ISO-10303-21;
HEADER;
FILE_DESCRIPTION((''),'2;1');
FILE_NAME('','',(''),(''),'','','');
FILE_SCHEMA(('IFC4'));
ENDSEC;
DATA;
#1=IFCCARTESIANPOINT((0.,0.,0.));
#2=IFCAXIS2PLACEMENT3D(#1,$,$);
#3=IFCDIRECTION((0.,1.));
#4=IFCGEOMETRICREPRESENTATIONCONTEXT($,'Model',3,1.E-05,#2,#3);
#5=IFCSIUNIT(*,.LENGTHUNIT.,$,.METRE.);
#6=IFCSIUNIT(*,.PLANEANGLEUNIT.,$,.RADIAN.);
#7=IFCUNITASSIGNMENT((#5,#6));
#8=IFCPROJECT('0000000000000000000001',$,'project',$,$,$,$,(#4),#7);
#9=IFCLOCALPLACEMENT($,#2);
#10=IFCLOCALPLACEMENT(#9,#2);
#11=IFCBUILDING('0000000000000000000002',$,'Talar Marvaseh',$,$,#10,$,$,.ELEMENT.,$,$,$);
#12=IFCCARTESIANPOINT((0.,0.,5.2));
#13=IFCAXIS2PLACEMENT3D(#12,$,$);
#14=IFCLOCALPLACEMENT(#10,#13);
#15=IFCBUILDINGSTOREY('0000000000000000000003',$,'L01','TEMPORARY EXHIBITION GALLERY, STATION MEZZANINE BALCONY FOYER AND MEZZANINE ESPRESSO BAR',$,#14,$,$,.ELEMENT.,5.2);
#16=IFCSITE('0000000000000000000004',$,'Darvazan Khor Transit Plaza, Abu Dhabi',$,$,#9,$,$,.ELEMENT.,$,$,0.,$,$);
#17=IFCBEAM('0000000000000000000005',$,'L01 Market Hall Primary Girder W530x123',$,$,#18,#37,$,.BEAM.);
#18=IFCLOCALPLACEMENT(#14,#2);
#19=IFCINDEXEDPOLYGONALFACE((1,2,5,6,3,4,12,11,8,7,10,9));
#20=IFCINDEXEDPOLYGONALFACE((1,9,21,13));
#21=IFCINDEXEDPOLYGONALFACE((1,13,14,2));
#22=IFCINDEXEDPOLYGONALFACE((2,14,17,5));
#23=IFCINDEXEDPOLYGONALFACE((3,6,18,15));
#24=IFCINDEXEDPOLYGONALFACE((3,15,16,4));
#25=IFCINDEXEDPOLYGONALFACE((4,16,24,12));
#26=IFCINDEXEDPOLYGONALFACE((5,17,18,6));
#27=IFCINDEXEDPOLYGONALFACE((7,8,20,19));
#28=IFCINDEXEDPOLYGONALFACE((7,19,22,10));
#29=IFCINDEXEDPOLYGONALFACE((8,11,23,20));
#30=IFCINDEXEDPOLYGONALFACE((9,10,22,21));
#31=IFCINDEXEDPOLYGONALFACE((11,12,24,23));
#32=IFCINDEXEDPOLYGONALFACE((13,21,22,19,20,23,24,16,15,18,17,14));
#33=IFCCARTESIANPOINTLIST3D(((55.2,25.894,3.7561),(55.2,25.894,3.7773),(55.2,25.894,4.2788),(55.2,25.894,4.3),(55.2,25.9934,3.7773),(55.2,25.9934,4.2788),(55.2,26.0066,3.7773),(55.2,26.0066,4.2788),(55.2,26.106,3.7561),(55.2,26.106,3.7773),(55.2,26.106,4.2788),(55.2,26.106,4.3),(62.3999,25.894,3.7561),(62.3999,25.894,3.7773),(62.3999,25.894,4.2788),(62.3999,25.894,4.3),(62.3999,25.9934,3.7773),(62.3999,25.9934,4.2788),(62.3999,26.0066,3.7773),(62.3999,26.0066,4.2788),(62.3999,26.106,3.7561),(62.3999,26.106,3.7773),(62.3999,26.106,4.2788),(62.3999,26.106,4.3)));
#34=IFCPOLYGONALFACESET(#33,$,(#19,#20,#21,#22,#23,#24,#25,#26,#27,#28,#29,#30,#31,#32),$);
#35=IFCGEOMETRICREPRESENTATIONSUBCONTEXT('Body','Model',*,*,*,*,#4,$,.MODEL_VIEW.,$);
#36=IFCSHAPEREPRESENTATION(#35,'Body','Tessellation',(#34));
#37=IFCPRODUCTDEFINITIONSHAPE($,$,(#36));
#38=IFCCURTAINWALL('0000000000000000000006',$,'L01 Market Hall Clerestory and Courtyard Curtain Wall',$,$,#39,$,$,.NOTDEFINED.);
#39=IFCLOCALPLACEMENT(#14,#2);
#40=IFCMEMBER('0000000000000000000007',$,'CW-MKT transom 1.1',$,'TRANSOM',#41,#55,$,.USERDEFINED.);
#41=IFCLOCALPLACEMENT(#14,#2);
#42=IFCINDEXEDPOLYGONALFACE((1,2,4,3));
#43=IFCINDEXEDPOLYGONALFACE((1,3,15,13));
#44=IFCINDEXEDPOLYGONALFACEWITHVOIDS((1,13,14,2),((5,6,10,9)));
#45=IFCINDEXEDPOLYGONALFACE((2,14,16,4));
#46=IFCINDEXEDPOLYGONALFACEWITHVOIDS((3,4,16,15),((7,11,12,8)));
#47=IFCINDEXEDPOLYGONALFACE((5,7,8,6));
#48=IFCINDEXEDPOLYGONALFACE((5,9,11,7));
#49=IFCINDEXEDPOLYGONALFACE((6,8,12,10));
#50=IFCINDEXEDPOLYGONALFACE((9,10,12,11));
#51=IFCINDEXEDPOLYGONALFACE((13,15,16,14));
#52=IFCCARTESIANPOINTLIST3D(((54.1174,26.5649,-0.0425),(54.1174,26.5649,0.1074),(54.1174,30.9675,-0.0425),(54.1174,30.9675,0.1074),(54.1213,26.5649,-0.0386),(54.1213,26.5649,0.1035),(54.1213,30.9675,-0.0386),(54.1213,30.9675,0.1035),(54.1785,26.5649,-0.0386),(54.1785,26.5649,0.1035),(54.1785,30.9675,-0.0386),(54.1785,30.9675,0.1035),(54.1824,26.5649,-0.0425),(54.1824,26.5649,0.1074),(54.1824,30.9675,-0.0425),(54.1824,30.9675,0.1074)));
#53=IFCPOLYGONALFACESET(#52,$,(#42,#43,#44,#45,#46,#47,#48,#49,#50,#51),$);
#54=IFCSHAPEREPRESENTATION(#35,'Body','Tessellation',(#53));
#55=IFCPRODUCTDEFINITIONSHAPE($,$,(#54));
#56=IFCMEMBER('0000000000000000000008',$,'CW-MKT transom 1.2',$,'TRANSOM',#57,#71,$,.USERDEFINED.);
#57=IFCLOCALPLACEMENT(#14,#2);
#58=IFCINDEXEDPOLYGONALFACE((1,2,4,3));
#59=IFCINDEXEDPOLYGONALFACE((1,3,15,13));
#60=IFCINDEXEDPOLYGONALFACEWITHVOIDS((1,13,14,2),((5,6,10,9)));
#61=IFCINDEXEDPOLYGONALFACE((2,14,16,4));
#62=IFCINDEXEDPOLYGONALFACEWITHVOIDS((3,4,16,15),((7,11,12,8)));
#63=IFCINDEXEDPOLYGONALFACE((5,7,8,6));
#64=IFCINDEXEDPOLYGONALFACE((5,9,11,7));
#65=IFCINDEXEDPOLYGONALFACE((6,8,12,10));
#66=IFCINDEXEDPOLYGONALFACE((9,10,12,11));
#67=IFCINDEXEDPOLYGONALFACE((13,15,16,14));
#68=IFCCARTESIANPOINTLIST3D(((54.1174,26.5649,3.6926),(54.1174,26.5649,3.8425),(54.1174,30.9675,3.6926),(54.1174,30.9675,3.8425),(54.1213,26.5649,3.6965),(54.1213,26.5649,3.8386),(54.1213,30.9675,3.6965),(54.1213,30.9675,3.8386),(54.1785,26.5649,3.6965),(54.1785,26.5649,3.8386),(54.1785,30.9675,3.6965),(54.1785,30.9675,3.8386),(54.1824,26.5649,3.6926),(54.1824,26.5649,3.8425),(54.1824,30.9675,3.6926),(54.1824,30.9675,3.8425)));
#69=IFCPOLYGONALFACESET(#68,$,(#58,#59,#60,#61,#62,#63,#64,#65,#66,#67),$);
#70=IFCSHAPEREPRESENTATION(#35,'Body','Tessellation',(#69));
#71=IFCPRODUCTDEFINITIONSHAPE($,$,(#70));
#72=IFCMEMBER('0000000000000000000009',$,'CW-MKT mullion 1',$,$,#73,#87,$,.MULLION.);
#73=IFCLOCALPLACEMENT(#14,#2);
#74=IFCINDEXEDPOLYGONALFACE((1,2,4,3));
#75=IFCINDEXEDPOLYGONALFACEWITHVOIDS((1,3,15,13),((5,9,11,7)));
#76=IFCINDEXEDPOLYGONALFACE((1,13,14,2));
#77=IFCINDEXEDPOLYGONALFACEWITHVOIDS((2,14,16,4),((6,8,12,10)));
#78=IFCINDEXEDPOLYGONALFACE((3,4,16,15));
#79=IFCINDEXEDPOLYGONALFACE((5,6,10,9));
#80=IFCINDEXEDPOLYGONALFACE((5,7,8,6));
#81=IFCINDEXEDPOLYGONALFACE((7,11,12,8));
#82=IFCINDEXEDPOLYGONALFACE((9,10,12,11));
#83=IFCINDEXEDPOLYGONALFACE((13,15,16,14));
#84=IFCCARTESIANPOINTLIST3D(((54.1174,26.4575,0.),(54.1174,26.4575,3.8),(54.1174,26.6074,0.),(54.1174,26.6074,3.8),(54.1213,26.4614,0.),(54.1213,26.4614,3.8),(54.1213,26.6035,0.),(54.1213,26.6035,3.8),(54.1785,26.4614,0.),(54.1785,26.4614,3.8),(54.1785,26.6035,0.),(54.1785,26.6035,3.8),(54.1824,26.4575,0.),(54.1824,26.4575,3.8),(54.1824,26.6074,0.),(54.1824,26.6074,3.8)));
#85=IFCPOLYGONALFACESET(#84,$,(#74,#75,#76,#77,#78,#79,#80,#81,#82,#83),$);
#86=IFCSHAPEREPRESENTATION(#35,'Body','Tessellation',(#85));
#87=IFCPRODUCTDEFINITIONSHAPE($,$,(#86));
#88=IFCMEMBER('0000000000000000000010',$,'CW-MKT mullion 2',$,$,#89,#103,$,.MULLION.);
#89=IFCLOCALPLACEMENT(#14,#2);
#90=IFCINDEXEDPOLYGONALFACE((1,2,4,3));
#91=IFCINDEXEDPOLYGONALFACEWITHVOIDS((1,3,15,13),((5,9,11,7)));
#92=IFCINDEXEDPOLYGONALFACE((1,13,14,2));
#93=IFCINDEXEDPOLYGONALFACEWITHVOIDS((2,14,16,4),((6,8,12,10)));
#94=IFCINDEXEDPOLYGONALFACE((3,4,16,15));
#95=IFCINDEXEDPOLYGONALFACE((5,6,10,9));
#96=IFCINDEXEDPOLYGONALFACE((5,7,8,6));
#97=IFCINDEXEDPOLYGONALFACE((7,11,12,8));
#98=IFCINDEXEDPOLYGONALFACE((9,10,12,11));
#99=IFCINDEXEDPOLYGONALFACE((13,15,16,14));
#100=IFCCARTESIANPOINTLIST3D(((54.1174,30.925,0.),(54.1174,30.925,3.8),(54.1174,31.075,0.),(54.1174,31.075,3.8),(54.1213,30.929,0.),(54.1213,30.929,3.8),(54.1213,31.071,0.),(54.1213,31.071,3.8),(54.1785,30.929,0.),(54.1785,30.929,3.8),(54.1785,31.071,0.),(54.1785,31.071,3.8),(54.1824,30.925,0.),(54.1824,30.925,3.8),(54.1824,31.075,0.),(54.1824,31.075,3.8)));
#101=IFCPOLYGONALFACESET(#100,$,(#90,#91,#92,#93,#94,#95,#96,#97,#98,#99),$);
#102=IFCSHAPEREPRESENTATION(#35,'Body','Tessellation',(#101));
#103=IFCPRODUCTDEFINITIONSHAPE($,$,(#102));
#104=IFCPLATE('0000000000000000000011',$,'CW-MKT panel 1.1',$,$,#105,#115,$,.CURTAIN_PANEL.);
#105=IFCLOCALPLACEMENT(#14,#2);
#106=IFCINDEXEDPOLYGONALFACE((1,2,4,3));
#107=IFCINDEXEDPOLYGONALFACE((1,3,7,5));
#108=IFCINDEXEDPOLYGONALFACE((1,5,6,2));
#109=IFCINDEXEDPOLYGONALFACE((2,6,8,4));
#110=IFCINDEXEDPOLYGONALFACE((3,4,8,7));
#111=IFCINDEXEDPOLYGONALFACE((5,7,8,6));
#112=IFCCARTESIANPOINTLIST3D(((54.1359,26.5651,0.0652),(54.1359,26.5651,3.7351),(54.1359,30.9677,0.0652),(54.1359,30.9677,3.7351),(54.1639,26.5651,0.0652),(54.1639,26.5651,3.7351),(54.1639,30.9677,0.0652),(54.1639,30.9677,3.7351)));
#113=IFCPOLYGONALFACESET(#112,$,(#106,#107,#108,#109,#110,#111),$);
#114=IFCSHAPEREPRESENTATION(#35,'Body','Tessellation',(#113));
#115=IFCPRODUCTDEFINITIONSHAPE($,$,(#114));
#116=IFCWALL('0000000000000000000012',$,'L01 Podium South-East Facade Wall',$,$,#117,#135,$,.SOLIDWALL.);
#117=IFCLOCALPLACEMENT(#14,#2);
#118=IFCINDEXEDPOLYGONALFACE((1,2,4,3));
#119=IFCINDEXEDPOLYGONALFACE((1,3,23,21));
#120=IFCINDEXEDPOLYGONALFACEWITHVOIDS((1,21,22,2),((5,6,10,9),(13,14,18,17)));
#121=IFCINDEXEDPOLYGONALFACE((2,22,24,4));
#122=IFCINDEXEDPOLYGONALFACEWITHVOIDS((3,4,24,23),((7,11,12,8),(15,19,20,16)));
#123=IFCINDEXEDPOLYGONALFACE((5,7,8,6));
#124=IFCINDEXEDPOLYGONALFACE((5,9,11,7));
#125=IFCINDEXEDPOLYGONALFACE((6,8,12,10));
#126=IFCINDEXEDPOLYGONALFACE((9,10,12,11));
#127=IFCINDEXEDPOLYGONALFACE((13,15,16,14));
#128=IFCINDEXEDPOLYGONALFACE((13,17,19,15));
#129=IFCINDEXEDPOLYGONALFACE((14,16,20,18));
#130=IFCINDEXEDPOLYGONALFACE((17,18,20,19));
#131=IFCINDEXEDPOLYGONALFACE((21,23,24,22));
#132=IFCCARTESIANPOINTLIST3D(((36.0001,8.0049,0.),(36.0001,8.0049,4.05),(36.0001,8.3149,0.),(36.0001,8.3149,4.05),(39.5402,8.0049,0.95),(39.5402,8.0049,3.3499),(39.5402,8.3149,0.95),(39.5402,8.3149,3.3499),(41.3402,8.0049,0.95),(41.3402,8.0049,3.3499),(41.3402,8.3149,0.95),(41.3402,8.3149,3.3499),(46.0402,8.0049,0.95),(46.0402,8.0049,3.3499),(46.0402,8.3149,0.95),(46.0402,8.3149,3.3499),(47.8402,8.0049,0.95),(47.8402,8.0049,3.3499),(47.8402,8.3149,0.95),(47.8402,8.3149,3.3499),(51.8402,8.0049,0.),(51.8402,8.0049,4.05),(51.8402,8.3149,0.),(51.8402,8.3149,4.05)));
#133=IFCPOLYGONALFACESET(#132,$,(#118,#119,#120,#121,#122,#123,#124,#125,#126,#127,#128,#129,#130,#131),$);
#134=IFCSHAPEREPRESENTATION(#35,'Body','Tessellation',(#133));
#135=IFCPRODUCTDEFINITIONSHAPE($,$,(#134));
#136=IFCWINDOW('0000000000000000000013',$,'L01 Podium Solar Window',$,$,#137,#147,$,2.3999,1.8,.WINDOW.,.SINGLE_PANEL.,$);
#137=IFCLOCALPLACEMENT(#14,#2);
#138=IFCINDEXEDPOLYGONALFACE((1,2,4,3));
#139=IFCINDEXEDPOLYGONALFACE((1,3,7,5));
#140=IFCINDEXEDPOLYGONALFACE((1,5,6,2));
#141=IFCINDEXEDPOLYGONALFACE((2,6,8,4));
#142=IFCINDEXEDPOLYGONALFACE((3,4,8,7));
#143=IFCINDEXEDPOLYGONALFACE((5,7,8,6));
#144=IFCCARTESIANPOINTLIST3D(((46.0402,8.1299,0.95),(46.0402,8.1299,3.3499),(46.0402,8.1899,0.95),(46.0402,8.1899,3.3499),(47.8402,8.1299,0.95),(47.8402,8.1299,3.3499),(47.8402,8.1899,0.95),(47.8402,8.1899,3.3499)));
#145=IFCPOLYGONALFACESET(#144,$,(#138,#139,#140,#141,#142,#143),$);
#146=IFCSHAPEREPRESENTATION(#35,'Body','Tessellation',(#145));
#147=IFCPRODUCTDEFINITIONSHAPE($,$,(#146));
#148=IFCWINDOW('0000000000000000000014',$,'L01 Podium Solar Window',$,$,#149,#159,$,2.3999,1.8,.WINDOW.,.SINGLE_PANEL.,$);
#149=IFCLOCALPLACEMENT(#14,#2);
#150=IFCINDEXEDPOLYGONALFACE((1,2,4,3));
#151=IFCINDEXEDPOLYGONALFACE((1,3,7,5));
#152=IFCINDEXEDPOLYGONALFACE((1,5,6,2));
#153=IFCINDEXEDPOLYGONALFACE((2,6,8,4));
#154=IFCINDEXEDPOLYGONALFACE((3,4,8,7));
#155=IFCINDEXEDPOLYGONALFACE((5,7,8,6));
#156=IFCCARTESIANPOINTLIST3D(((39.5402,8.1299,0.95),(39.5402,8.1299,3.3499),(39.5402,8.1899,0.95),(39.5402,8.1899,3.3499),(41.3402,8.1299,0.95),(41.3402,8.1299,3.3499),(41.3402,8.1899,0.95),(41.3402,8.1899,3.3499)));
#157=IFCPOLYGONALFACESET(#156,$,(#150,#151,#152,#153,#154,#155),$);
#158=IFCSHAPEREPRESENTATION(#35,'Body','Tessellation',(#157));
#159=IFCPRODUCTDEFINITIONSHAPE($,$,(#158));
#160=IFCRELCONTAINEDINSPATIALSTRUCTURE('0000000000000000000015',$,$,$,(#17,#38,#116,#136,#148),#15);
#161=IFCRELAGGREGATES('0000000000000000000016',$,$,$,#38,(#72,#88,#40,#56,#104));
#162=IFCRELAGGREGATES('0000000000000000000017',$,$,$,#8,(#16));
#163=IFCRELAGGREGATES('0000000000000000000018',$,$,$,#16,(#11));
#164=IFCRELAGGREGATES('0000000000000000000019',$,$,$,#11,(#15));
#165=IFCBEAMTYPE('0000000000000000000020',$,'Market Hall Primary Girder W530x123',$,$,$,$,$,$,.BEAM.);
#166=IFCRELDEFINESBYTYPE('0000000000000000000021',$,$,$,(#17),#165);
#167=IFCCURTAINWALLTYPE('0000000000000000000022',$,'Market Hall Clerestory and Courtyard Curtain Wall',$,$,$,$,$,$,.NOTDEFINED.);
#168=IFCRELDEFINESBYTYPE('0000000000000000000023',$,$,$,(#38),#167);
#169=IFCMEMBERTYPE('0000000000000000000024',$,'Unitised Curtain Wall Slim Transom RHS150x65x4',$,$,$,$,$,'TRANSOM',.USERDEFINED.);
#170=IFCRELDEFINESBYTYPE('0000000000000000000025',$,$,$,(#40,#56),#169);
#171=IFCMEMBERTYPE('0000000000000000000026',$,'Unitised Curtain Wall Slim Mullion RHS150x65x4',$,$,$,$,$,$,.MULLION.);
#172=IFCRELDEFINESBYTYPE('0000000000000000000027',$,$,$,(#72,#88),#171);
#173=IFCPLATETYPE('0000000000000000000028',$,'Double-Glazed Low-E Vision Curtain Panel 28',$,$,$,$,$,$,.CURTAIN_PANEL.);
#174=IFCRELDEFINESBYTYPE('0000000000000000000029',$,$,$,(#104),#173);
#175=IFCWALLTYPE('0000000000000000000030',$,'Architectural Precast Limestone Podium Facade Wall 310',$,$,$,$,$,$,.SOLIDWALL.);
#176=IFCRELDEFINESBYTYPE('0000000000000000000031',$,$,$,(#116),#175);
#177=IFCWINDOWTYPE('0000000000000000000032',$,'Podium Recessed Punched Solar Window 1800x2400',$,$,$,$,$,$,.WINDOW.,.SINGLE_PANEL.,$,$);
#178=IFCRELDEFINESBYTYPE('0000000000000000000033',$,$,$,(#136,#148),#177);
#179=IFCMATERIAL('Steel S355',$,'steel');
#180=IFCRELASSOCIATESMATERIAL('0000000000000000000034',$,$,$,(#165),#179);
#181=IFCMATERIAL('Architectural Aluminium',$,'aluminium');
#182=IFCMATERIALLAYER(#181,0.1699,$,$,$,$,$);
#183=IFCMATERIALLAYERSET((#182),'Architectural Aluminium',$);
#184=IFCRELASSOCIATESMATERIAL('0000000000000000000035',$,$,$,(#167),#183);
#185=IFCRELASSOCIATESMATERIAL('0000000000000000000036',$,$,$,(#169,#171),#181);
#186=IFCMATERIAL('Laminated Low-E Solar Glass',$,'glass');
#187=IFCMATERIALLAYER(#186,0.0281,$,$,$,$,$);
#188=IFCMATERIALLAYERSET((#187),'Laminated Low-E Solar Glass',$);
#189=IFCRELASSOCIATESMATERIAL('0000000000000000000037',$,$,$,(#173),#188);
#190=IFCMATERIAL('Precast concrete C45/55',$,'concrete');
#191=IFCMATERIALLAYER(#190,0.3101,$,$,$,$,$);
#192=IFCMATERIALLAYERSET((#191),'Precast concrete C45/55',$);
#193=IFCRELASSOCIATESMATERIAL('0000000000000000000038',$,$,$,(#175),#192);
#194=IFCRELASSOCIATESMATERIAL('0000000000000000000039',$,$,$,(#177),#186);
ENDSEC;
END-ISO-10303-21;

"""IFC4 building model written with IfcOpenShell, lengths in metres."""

from ifc_helpers import new_model, si_unit, direction, frame, frame_2d, origin, origin_2d, place, context, subcontext, project, spatial, rectangle, hollow_rectangle, i_section, extrude, source, transform, mapped, material, layer, layer_set, material_profile, profile_set, type_object, type_shapes, element, fill, aggregate, save


model = new_model("IFC4")

# Units and contexts
model_context = context("Model", 3, precision=1e-05, world=origin(), true_north=direction((0.0, 1.0)))
body_context = subcontext(model_context, "Body", "Model", "MODEL_VIEW")
ifc_project = project(units=[si_unit("LENGTHUNIT", "METRE"), si_unit("PLANEANGLEUNIT", "RADIAN")], contexts=[model_context])

# Site, building, storey
site_placement = place(None, origin())
site = spatial("IfcSite", under=ifc_project, at=site_placement, Name="Darvazan Khor Transit Plaza, Abu Dhabi", CompositionType="ELEMENT", RefElevation=0.0)
building_placement = place(site_placement, origin())
building = spatial("IfcBuilding", under=site, at=building_placement, Name="Talar Marvaseh", CompositionType="ELEMENT")
storey_placement = place(building_placement, frame((0.0, 0.0, 5.2)))
storey = spatial("IfcBuildingStorey", under=building, at=storey_placement, Name="L01", Description="TEMPORARY EXHIBITION GALLERY, STATION MEZZANINE BALCONY FOYER AND MEZZANINE ESPRESSO BAR", CompositionType="ELEMENT", Elevation=5.2)

# Beam
ifc_material_1 = material(Name="Steel S355", Category="steel")
ifc_material_profile_1 = material_profile(ifc_material_1, i_section(OverallWidth=0.2119, OverallDepth=0.5439, WebThickness=0.0132, FlangeThickness=0.0212, at=origin_2d()), Name="W530x123")
ifc_profile_set_1 = profile_set([ifc_material_profile_1], Name="Steel S355")
beam_type_1 = type_object("IfcBeamType", Name="Market Hall Primary Girder W530x123", PredefinedType="BEAM", material=ifc_profile_set_1)
beam_1_placement = place(storey_placement, frame((55.2, 26.0, 4.0281), z_axis=(1.0, 0.0, 0.0), x_axis=(0.0, 1.0, 0.0)))
element("IfcBeam", 1, at=beam_1_placement, inside=storey, type_object=beam_type_1, Name="L01 Market Hall Primary Girder W530x123", PredefinedType="BEAM", context=body_context, shape_type="SweptSolid", body=[
    extrude(i_section(OverallWidth=0.2119, OverallDepth=0.5439, WebThickness=0.0132, FlangeThickness=0.0212, at=origin_2d()), origin(), (0.0, 0.0, 1.0), 7.2),
])

# Curtain wall, members, plate
ifc_material_2 = material(Name="Architectural Aluminium", Category="aluminium")
ifc_layer_1 = layer(ifc_material_2, 0.1699)
ifc_layer_set_1 = layer_set([ifc_layer_1], Name="Architectural Aluminium")
curtain_wall_type = type_object("IfcCurtainWallType", Name="Market Hall Clerestory and Courtyard Curtain Wall", PredefinedType="NOTDEFINED", material=ifc_layer_set_1)
curtain_wall_placement = place(storey_placement, origin())
curtain_wall = element("IfcCurtainWall", 2, at=curtain_wall_placement, inside=storey, type_object=curtain_wall_type, Name="L01 Market Hall Clerestory and Courtyard Curtain Wall", PredefinedType="NOTDEFINED")
ifc_material_profile_2 = material_profile(ifc_material_2, hollow_rectangle(XDim=0.0649, YDim=0.1499, WallThickness=0.0039, at=origin_2d()), Name="RHS150x65x4")
ifc_profile_set_2 = profile_set([ifc_material_profile_2], Name="Architectural Aluminium")
member_type_1 = type_object("IfcMemberType", Name="Unitised Curtain Wall Slim Transom RHS150x65x4", ElementType="TRANSOM", PredefinedType="USERDEFINED", material=ifc_profile_set_2)
shared_shape_1 = source(origin(), body_context, "Body", "SweptSolid", [
    extrude(hollow_rectangle(XDim=0.0649, YDim=0.1499, WallThickness=0.0039, at=origin_2d()), origin(), (0.0, 0.0, 1.0), 4.4026),
])
type_shapes(member_type_1, [shared_shape_1])
member_1_placement = place(storey_placement, frame((54.1499, 26.5649, 0.0325), z_axis=(0.0, 1.0, 0.0), x_axis=(-1.0, 0.0, 0.0)))
member_1 = element("IfcMember", 3, at=member_1_placement, type_object=member_type_1, Name="CW-MKT transom 1.1", ObjectType="TRANSOM", PredefinedType="USERDEFINED", context=body_context, shape_type="MappedRepresentation", body=[
    mapped(shared_shape_1, transform((0.0, 0.0, 0.0), x_axis=(1.0, 0.0, 0.0), y_axis=(0.0, 1.0, 0.0), z_axis=(0.0, 0.0, 1.0), scale=1.0)),
])
member_2_placement = place(storey_placement, frame((54.1499, 26.5649, 3.7676), z_axis=(0.0, 1.0, 0.0), x_axis=(-1.0, 0.0, 0.0)))
member_2 = element("IfcMember", 4, at=member_2_placement, type_object=member_type_1, Name="CW-MKT transom 1.2", ObjectType="TRANSOM", PredefinedType="USERDEFINED", context=body_context, shape_type="MappedRepresentation", body=[
    mapped(shared_shape_1, transform((0.0, 0.0, 0.0), x_axis=(1.0, 0.0, 0.0), y_axis=(0.0, 1.0, 0.0), z_axis=(0.0, 0.0, 1.0), scale=1.0)),
])
ifc_material_profile_3 = material_profile(ifc_material_2, hollow_rectangle(XDim=0.0649, YDim=0.1499, WallThickness=0.0039, at=origin_2d()), Name="RHS150x65x4")
ifc_profile_set_3 = profile_set([ifc_material_profile_3], Name="Architectural Aluminium")
member_type_2 = type_object("IfcMemberType", Name="Unitised Curtain Wall Slim Mullion RHS150x65x4", PredefinedType="MULLION", material=ifc_profile_set_3)
shared_shape_2 = source(origin(), body_context, "Body", "SweptSolid", [
    extrude(hollow_rectangle(XDim=0.0649, YDim=0.1499, WallThickness=0.0039, at=origin_2d()), origin(), (0.0, 0.0, 1.0), 3.8),
])
type_shapes(member_type_2, [shared_shape_2])
member_3_placement = place(storey_placement, frame((54.1499, 26.5325, 0.0), z_axis=(0.0, 0.0, 1.0), x_axis=(-1.0, 0.0, 0.0)))
member_3 = element("IfcMember", 5, at=member_3_placement, type_object=member_type_2, Name="CW-MKT mullion 1", PredefinedType="MULLION", context=body_context, shape_type="MappedRepresentation", body=[
    mapped(shared_shape_2, transform((0.0, 0.0, 0.0), x_axis=(1.0, 0.0, 0.0), y_axis=(0.0, 1.0, 0.0), z_axis=(0.0, 0.0, 1.0), scale=1.0)),
])
member_4_placement = place(storey_placement, frame((54.1499, 31.0, 0.0), z_axis=(0.0, 0.0, 1.0), x_axis=(-1.0, 0.0, 0.0)))
member_4 = element("IfcMember", 6, at=member_4_placement, type_object=member_type_2, Name="CW-MKT mullion 2", PredefinedType="MULLION", context=body_context, shape_type="MappedRepresentation", body=[
    mapped(shared_shape_2, transform((0.0, 0.0, 0.0), x_axis=(1.0, 0.0, 0.0), y_axis=(0.0, 1.0, 0.0), z_axis=(0.0, 0.0, 1.0), scale=1.0)),
])
ifc_material_3 = material(Name="Laminated Low-E Solar Glass", Category="glass")
ifc_layer_2 = layer(ifc_material_3, 0.0281)
ifc_layer_set_2 = layer_set([ifc_layer_2], Name="Laminated Low-E Solar Glass")
plate_type = type_object("IfcPlateType", Name="Double-Glazed Low-E Vision Curtain Panel 28", PredefinedType="CURTAIN_PANEL", material=ifc_layer_set_2)
shared_shape_3 = source(origin(), body_context, "Body", "SweptSolid", [
    extrude(rectangle(XDim=4.4026, YDim=0.0281, at=origin_2d()), origin(), (0.0, 0.0, 1.0), 3.6699),
])
type_shapes(plate_type, [shared_shape_3])
plate_placement = place(storey_placement, frame((54.1499, 28.7664, 0.0652), z_axis=(0.0, 0.0, 1.0), x_axis=(0.0, 1.0, 0.0)))
plate = element("IfcPlate", 7, at=plate_placement, type_object=plate_type, Name="CW-MKT panel 1.1", PredefinedType="CURTAIN_PANEL", context=body_context, shape_type="MappedRepresentation", body=[
    mapped(shared_shape_3, transform((0.0, 0.0, 0.0), x_axis=(1.0, 0.0, 0.0), y_axis=(0.0, 1.0, 0.0), z_axis=(0.0, 0.0, 1.0), scale=1.0)),
])
aggregate(curtain_wall, [member_3, member_4, member_1, member_2, plate])

# Wall, openings, windows
ifc_material_4 = material(Name="Precast concrete C45/55", Category="concrete")
ifc_layer_3 = layer(ifc_material_4, 0.3101)
ifc_layer_set_3 = layer_set([ifc_layer_3], Name="Precast concrete C45/55")
wall_type_1 = type_object("IfcWallType", Name="Architectural Precast Limestone Podium Facade Wall 310", PredefinedType="SOLIDWALL", material=ifc_layer_set_3)
wall_1_placement = place(storey_placement, frame((51.8401, 8.1599, 0.0), z_axis=(0.0, 0.0, 1.0), x_axis=(-1.0, 0.0, 0.0)))
wall_1 = element("IfcWall", 8, at=wall_1_placement, inside=storey, type_object=wall_type_1, Name="L01 Podium South-East Facade Wall", PredefinedType="SOLIDWALL", context=body_context, shape_type="SweptSolid", body=[
    extrude(rectangle(XDim=15.8401, YDim=0.3101, at=frame_2d((7.9199, 0.0))), origin(), (0.0, 0.0, 1.0), 4.05),
])
opening_1_placement = place(wall_1_placement, frame((4.0, 0.0, 0.95)))
opening_1 = element("IfcOpeningElement", 9, at=opening_1_placement, cuts=wall_1, PredefinedType="OPENING", context=body_context, shape_type="SweptSolid", body=[
    extrude(rectangle(XDim=1.8, YDim=2.3999, at=frame_2d((0.8999, 1.2))), frame((0.0, 0.165, 0.0), z_axis=(0.0, -1.0, 0.0), x_axis=(1.0, 0.0, 0.0)), (0.0, 0.0, 1.0), 0.3301),
])
opening_2_placement = place(wall_1_placement, frame((10.5, 0.0, 0.95)))
opening_2 = element("IfcOpeningElement", 10, at=opening_2_placement, cuts=wall_1, PredefinedType="OPENING", context=body_context, shape_type="SweptSolid", body=[
    extrude(rectangle(XDim=1.8, YDim=2.3999, at=frame_2d((0.8999, 1.2))), frame((0.0, 0.165, 0.0), z_axis=(0.0, -1.0, 0.0), x_axis=(1.0, 0.0, 0.0)), (0.0, 0.0, 1.0), 0.3301),
])
window_type = type_object("IfcWindowType", Name="Podium Recessed Punched Solar Window 1800x2400", PartitioningType="SINGLE_PANEL", PredefinedType="WINDOW", material=ifc_material_3)
shared_shape_4 = source(origin(), body_context, "Body", "SweptSolid", [
    extrude(rectangle(XDim=1.8, YDim=2.3999, at=frame_2d((0.8999, 1.2))), frame((0.0, 0.03, 0.0), z_axis=(0.0, -1.0, 0.0), x_axis=(1.0, 0.0, 0.0)), (0.0, 0.0, 1.0), 0.0601),
])
type_shapes(window_type, [shared_shape_4])
window_1_placement = place(opening_1_placement, origin())
window_1 = element("IfcWindow", 11, at=window_1_placement, inside=storey, type_object=window_type, Name="L01 Podium Solar Window", OverallHeight=2.3999, OverallWidth=1.8, PartitioningType="SINGLE_PANEL", PredefinedType="WINDOW", context=body_context, shape_type="MappedRepresentation", body=[
    mapped(shared_shape_4, transform((0.0, 0.0, 0.0), x_axis=(1.0, 0.0, 0.0), y_axis=(0.0, 1.0, 0.0), z_axis=(0.0, 0.0, 1.0), scale=1.0)),
])
fill(opening_1, window_1)
window_2_placement = place(opening_2_placement, origin())
window_2 = element("IfcWindow", 12, at=window_2_placement, inside=storey, type_object=window_type, Name="L01 Podium Solar Window", OverallHeight=2.3999, OverallWidth=1.8, PartitioningType="SINGLE_PANEL", PredefinedType="WINDOW", context=body_context, shape_type="MappedRepresentation", body=[
    mapped(shared_shape_4, transform((0.0, 0.0, 0.0), x_axis=(1.0, 0.0, 0.0), y_axis=(0.0, 1.0, 0.0), z_axis=(0.0, 0.0, 1.0), scale=1.0)),
])
fill(opening_2, window_2)

save(model, "model.ifc")
